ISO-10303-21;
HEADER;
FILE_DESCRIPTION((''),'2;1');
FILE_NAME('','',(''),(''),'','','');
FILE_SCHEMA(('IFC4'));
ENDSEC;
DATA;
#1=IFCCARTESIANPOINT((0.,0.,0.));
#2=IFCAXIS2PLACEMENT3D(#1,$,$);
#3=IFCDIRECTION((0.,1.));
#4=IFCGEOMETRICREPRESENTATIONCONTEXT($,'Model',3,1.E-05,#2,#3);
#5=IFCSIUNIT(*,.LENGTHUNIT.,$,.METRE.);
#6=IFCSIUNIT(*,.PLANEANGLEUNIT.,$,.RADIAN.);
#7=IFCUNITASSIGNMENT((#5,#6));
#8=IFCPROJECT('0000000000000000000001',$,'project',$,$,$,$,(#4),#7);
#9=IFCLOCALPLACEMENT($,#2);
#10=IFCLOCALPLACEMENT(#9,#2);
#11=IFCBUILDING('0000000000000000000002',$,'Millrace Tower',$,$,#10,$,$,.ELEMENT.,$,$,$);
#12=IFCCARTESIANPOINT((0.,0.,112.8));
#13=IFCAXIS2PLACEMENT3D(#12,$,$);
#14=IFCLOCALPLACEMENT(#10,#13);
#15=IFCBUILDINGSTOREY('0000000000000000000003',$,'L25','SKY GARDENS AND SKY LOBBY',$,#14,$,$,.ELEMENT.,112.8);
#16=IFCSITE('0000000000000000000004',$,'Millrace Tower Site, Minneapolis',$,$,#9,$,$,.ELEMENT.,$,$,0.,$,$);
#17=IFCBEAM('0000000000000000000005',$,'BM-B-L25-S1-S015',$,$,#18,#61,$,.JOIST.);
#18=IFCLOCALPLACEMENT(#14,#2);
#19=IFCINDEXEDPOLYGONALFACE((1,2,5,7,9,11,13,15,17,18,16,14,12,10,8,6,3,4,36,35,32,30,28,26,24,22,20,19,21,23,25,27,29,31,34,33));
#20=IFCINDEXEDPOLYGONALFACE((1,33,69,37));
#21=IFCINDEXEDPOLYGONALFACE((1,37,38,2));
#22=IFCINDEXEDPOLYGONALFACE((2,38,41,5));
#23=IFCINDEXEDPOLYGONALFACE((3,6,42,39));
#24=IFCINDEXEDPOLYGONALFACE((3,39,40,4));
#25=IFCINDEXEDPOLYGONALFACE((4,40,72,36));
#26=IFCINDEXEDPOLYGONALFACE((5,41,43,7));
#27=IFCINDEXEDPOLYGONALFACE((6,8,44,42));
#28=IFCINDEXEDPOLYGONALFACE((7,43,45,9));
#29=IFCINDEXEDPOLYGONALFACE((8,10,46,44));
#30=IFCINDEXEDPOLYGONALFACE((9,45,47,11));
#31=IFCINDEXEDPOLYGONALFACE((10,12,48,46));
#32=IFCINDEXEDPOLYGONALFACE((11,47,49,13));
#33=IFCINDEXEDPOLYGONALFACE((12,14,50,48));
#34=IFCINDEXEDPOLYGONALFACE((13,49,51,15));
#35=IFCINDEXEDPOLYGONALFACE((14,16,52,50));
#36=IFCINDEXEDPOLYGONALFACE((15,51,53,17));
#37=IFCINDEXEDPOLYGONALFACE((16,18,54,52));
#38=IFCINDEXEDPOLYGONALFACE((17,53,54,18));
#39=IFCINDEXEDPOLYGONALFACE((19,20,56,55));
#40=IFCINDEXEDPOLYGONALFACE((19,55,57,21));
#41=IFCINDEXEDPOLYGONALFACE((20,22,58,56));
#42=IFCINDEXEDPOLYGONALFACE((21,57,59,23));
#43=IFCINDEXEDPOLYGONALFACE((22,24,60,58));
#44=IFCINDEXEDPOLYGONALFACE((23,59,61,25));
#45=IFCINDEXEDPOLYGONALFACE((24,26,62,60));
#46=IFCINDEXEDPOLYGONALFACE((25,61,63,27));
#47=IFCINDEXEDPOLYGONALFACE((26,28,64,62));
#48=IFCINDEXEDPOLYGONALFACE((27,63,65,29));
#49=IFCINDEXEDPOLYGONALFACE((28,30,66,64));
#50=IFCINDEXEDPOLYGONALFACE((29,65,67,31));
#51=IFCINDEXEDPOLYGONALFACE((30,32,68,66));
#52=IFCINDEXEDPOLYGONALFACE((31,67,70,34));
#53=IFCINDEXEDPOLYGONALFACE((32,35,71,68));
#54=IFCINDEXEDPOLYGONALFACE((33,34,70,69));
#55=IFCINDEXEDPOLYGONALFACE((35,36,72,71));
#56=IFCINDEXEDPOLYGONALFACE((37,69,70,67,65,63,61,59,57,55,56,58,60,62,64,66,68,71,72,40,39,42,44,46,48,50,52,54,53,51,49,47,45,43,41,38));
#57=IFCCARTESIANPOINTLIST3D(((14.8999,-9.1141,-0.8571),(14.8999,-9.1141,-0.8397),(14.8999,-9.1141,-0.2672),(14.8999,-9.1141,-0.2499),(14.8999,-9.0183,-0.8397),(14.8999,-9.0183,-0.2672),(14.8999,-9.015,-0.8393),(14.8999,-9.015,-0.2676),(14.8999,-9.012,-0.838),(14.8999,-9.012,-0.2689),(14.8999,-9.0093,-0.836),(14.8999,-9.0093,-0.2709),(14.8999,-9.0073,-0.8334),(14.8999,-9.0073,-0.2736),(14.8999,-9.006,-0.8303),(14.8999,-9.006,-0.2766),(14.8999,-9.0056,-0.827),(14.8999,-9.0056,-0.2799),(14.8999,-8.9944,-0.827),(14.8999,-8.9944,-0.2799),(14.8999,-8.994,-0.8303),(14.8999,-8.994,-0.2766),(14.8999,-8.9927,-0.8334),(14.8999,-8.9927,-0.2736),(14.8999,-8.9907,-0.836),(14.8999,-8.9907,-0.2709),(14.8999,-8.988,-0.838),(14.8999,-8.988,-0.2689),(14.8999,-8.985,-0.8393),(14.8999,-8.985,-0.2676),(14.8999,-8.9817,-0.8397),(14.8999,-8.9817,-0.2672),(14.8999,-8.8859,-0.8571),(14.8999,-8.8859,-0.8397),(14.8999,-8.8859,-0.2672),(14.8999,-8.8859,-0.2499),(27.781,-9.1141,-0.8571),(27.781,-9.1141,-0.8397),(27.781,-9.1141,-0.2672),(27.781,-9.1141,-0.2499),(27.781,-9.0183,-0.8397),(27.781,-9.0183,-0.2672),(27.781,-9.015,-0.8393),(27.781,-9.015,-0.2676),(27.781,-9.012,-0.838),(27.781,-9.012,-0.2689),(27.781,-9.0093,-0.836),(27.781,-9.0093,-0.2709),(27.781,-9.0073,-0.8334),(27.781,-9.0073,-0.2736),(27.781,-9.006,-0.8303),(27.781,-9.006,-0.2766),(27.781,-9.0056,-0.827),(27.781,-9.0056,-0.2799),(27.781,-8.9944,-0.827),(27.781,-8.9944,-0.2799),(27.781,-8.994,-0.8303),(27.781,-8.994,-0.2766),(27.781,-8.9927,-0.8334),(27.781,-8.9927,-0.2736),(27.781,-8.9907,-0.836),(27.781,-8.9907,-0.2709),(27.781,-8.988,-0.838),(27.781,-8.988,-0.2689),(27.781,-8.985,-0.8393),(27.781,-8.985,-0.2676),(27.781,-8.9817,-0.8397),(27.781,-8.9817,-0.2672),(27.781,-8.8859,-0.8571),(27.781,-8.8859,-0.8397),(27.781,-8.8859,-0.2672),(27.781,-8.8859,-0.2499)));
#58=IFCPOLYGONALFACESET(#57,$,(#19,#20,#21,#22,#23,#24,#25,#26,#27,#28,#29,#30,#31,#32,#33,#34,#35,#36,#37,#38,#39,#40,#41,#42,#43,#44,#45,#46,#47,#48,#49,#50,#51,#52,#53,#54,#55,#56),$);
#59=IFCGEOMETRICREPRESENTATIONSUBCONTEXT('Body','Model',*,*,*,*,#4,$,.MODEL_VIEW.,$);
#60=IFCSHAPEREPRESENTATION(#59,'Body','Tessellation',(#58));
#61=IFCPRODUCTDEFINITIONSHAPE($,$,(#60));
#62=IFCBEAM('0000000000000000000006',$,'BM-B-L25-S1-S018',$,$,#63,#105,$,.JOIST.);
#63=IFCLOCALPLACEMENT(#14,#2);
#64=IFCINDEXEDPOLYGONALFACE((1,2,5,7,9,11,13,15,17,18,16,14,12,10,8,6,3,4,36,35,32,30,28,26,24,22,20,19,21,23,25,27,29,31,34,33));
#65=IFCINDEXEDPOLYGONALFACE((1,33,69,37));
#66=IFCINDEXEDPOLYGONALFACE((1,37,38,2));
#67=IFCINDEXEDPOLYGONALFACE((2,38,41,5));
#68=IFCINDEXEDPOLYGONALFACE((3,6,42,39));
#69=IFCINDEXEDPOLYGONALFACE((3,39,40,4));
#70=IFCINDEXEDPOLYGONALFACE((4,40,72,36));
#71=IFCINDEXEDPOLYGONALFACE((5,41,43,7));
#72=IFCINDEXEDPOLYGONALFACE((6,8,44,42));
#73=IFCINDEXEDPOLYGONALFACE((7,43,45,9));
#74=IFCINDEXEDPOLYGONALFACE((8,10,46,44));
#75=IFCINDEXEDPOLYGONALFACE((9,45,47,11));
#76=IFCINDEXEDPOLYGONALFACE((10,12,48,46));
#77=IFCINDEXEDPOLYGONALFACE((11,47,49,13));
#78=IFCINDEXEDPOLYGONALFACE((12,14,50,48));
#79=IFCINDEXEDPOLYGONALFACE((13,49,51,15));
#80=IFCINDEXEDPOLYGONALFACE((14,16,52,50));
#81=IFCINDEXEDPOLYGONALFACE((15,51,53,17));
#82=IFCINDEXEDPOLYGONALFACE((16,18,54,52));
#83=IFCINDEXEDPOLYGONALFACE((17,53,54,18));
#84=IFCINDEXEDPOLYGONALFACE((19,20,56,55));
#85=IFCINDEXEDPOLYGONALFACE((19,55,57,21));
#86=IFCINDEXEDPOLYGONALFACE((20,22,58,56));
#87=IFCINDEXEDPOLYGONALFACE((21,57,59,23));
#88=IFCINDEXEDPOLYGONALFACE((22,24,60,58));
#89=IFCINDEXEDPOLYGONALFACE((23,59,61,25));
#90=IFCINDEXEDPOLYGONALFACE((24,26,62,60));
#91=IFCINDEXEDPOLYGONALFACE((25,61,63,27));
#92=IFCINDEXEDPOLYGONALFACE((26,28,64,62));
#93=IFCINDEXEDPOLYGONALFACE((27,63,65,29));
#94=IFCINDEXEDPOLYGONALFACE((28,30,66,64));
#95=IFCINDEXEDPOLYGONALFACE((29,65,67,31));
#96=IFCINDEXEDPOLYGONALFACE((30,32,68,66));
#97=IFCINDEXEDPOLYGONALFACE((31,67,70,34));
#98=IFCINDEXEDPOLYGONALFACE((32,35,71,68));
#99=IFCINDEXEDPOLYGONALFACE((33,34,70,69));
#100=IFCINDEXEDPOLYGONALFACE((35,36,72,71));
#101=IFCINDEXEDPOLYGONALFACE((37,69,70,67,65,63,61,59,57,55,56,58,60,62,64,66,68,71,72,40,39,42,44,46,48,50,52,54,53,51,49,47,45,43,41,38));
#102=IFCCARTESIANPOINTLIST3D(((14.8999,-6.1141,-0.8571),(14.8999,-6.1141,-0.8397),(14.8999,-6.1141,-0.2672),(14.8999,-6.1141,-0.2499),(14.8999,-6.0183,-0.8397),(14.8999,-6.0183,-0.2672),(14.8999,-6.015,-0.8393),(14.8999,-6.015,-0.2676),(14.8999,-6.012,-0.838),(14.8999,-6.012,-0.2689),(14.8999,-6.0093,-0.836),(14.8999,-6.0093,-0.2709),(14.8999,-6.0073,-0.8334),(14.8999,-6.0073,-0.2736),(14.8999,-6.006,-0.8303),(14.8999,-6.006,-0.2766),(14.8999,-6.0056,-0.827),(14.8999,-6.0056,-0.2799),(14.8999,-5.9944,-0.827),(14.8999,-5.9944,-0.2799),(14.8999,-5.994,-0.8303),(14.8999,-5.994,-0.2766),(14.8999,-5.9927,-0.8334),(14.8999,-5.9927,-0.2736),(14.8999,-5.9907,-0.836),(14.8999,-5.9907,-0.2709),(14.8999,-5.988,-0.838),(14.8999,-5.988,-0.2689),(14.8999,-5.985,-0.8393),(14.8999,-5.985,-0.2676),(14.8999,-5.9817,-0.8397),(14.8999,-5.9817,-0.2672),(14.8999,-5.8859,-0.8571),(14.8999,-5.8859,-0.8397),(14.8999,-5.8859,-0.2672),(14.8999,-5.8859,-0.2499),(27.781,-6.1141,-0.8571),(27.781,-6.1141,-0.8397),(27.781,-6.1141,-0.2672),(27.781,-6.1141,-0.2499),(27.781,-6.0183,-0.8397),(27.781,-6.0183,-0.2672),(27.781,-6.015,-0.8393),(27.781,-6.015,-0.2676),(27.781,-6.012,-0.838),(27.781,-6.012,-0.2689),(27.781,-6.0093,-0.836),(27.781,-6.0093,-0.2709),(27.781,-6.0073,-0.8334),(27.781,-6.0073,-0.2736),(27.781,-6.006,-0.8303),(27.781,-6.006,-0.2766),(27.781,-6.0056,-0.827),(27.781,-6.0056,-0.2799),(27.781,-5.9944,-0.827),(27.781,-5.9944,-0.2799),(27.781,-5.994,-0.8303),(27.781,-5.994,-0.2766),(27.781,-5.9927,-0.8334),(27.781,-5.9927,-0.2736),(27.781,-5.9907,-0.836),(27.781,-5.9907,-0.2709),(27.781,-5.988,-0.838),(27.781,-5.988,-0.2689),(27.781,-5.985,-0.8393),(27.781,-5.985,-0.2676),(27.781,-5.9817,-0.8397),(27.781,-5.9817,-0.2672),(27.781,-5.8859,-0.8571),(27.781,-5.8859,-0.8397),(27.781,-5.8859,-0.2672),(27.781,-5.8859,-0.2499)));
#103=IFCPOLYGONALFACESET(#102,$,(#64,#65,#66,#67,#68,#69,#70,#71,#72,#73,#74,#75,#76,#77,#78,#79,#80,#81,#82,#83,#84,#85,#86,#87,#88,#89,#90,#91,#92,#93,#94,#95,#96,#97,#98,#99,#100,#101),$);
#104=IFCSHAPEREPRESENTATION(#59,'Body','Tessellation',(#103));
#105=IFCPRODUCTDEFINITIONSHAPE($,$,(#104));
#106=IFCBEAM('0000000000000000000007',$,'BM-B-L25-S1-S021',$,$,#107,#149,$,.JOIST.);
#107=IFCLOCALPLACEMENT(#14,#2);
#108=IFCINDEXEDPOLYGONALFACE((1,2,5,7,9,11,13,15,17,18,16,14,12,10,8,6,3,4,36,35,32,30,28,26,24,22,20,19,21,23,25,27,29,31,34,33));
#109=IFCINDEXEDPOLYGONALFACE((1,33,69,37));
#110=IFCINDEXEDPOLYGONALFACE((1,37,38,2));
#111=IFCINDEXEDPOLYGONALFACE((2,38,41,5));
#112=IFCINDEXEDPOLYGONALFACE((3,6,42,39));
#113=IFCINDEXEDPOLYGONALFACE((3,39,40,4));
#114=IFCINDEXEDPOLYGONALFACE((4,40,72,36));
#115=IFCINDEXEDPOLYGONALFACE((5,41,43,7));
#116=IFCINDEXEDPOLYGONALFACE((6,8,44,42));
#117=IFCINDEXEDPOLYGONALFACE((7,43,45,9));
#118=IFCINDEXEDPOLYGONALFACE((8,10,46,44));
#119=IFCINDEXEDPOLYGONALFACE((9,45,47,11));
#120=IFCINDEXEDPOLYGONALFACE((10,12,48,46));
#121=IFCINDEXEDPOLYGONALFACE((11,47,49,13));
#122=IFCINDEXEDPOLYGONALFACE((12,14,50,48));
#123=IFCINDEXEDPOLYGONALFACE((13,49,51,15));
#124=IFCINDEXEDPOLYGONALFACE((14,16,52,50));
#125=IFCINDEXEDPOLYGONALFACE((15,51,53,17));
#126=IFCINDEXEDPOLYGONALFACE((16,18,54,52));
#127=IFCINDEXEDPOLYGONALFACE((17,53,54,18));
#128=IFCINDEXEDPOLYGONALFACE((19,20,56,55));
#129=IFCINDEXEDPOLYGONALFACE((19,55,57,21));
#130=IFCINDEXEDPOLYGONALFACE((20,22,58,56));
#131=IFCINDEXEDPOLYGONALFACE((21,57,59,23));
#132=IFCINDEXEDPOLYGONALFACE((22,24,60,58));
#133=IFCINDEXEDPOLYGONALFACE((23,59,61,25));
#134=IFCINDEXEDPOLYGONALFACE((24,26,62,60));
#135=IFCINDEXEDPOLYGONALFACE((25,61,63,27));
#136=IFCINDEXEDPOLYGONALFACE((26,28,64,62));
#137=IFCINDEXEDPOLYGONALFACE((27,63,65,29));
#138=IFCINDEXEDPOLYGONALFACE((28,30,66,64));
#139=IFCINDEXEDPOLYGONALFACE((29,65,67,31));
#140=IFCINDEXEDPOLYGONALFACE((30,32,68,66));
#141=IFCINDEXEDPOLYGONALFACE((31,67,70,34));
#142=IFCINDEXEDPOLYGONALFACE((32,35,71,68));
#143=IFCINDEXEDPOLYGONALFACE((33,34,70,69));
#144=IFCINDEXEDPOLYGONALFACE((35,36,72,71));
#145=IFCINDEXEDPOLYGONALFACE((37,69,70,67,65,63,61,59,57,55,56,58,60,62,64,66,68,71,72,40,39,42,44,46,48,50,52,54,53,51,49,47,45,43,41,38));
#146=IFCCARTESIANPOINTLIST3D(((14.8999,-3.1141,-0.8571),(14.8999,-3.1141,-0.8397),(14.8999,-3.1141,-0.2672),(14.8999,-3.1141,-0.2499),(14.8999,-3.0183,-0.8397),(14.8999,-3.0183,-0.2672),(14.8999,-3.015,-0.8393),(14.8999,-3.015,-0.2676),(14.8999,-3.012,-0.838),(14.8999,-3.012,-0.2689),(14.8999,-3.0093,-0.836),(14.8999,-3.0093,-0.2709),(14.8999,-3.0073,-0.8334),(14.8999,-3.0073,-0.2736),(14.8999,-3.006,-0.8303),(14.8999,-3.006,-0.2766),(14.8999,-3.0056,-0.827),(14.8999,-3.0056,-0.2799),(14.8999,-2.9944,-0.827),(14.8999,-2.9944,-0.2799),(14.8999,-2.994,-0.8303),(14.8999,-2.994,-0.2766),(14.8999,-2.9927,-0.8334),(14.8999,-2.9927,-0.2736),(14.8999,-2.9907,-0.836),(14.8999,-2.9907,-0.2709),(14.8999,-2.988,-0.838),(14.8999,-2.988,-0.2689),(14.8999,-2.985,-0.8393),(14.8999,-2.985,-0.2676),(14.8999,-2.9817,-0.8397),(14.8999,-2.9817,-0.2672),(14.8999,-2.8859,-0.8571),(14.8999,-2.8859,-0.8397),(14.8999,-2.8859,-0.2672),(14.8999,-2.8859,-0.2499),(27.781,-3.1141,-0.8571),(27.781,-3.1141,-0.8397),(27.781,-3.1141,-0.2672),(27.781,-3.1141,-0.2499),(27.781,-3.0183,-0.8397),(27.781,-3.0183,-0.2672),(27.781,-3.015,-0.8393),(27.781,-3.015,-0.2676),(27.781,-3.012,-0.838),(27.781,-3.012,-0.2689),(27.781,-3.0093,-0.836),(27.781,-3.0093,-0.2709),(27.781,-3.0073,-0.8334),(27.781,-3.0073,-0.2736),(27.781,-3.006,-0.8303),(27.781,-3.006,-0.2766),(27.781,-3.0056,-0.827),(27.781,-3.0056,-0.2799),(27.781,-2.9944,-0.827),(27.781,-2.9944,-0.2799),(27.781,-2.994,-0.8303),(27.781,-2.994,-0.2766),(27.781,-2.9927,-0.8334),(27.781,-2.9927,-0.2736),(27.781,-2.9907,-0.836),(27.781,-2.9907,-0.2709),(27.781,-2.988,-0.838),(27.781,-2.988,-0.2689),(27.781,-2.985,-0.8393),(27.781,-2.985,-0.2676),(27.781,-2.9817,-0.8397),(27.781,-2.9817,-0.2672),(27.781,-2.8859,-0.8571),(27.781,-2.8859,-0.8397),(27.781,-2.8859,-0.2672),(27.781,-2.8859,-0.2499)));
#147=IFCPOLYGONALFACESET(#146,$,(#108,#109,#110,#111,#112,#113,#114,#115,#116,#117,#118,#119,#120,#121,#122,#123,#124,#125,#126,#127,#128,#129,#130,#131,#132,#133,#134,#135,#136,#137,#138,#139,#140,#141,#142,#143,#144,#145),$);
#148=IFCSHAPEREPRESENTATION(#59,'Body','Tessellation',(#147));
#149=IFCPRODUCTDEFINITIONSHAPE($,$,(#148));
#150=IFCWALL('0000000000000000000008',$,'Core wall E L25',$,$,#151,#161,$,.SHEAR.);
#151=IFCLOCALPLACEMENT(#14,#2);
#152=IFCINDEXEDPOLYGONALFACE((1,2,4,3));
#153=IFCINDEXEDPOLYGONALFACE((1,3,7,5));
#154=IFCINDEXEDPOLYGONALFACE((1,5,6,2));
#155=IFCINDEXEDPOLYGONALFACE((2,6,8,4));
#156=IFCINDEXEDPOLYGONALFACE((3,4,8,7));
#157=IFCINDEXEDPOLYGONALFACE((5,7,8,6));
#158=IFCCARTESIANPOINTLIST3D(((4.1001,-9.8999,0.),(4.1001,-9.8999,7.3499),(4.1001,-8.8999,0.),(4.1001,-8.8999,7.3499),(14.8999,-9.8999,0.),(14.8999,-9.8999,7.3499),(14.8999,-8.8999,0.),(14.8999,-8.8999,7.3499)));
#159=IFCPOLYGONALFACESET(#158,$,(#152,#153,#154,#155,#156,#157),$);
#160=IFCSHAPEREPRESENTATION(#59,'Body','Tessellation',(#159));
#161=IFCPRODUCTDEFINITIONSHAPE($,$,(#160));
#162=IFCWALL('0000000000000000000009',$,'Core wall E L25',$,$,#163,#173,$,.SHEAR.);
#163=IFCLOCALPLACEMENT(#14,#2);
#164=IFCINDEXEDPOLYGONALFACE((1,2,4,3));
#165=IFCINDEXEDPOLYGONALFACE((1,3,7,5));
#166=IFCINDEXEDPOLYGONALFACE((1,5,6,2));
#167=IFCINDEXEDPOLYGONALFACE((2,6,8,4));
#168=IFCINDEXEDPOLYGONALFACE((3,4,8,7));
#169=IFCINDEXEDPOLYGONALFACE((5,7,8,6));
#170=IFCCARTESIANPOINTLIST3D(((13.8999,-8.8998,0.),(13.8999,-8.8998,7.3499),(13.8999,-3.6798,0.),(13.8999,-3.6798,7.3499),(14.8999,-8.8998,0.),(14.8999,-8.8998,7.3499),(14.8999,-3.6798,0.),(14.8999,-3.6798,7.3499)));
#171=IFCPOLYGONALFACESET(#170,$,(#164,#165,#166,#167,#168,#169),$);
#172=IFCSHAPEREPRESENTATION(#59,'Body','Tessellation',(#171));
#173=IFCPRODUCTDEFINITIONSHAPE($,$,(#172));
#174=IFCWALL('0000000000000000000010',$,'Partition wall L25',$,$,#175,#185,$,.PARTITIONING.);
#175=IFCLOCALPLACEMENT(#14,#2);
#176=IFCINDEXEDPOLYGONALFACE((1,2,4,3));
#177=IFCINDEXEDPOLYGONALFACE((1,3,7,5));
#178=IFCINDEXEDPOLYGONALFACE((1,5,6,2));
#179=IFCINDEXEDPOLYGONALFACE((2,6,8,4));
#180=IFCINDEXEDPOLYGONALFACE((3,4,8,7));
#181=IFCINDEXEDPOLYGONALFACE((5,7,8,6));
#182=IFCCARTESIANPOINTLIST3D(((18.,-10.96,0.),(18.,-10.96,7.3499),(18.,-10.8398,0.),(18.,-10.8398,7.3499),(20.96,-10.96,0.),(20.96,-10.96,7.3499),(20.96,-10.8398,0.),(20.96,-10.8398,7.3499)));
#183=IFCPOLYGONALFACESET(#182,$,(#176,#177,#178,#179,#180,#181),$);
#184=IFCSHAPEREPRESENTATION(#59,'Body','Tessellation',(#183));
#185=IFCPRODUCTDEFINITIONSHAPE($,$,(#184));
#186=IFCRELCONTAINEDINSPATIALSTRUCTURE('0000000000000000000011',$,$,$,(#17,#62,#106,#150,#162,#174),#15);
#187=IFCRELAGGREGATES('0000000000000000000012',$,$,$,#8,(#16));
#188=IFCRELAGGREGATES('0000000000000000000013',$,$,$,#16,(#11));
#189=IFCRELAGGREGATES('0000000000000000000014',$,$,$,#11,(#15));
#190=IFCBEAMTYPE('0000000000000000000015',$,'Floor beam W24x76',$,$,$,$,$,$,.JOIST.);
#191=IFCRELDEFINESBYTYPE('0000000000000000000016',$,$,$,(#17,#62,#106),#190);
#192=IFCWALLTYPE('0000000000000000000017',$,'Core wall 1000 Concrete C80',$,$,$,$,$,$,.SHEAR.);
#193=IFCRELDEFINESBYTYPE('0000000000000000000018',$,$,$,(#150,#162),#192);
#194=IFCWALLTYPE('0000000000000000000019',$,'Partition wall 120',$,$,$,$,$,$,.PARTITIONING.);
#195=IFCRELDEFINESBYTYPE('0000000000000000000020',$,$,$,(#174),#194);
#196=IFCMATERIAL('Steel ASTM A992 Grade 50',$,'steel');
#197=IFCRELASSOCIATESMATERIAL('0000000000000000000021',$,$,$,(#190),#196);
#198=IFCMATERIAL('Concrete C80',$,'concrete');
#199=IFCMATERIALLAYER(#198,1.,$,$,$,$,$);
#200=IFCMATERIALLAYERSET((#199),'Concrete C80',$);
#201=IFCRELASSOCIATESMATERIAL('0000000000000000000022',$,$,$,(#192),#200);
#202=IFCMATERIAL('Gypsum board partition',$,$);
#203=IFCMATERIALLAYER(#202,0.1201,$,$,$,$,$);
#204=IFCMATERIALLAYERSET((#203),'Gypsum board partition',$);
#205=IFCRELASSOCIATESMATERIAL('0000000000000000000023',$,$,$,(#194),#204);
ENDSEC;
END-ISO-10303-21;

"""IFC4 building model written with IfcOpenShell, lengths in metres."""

from ifc_helpers import new_model, si_unit, direction, frame, frame_2d, origin, origin_2d, place, context, subcontext, project, spatial, rectangle, i_section, extrude, material, layer, layer_set, material_profile, profile_set, type_object, element, save


model = new_model("IFC4")

# Units and contexts
model_context = context("Model", 3, precision=1e-05, world=origin(), true_north=direction((0.0, 1.0)))
body_context = subcontext(model_context, "Body", "Model", "MODEL_VIEW")
ifc_project = project(units=[si_unit("LENGTHUNIT", "METRE"), si_unit("PLANEANGLEUNIT", "RADIAN")], contexts=[model_context])

# Site, building, storey
site_placement = place(None, origin())
site = spatial("IfcSite", under=ifc_project, at=site_placement, Name="Millrace Tower Site, Minneapolis", CompositionType="ELEMENT", RefElevation=0.0)
building_placement = place(site_placement, origin())
building = spatial("IfcBuilding", under=site, at=building_placement, Name="Millrace Tower", CompositionType="ELEMENT")
storey_placement = place(building_placement, frame((0.0, 0.0, 112.8)))
storey = spatial("IfcBuildingStorey", under=building, at=storey_placement, Name="L25", Description="SKY GARDENS AND SKY LOBBY", CompositionType="ELEMENT", Elevation=112.8)

# Beams
ifc_material_1 = material(Name="Steel ASTM A992 Grade 50", Category="steel")
ifc_material_profile_1 = material_profile(ifc_material_1, i_section(OverallWidth=0.2283, OverallDepth=0.6072, WebThickness=0.0112, FlangeThickness=0.0173, FilletRadius=0.0127, at=origin_2d()))
ifc_profile_set_1 = profile_set([ifc_material_profile_1], Name="Steel ASTM A992 Grade 50")
beam_type_1 = type_object("IfcBeamType", Name="Floor beam W24x76", PredefinedType="JOIST", material=ifc_profile_set_1)
for number, where, z_axis, x_axis, name in (
    (1, (14.8999, -9.0, -0.5535), (1.0, 0.0, 0.0), (0.0, 1.0, 0.0), "BM-B-L25-S1-S015"),
    (2, (14.8999, -6.0, -0.5535), (1.0, 0.0, 0.0), (0.0, 1.0, 0.0), "BM-B-L25-S1-S018"),
    (3, (14.8999, -3.0, -0.5535), (1.0, 0.0, 0.0), (0.0, 1.0, 0.0), "BM-B-L25-S1-S021"),
):
    element("IfcBeam", number, at=place(storey_placement, frame(where, z_axis=z_axis, x_axis=x_axis)), inside=storey, type_object=beam_type_1, Name=name, PredefinedType="JOIST", context=body_context, shape_type="SweptSolid", body=[
        extrude(i_section(OverallWidth=0.2283, OverallDepth=0.6072, WebThickness=0.0112, FlangeThickness=0.0173, FilletRadius=0.0127, at=origin_2d()), origin(), (0.0, 0.0, 1.0), 12.8811),
    ])

# Walls
ifc_material_2 = material(Name="Concrete C80", Category="concrete")
ifc_layer_1 = layer(ifc_material_2, 1.0)
ifc_layer_set_1 = layer_set([ifc_layer_1], Name="Concrete C80")
wall_type_1 = type_object("IfcWallType", Name="Core wall 1000 Concrete C80", PredefinedType="SHEAR", material=ifc_layer_set_1)
wall_1_placement = place(storey_placement, frame((14.8999, -9.3999, 0.0), z_axis=(0.0, 0.0, 1.0), x_axis=(-1.0, 0.0, 0.0)))
element("IfcWall", 4, at=wall_1_placement, inside=storey, type_object=wall_type_1, Name="Core wall E L25", PredefinedType="SHEAR", context=body_context, shape_type="SweptSolid", body=[
    extrude(rectangle(XDim=10.7998, YDim=1.0, at=frame_2d((5.3999, 0.0))), origin(), (0.0, 0.0, 1.0), 7.3499),
])
wall_2_placement = place(storey_placement, frame((14.3999, -3.6799, 0.0), z_axis=(0.0, 0.0, 1.0), x_axis=(0.0, -1.0, 0.0)))
element("IfcWall", 5, at=wall_2_placement, inside=storey, type_object=wall_type_1, Name="Core wall E L25", PredefinedType="SHEAR", context=body_context, shape_type="SweptSolid", body=[
    extrude(rectangle(XDim=5.22, YDim=1.0, at=frame_2d((2.6099, 0.0))), origin(), (0.0, 0.0, 1.0), 7.3499),
])
ifc_material_3 = material(Name="Gypsum board partition")
ifc_layer_2 = layer(ifc_material_3, 0.1201)
ifc_layer_set_2 = layer_set([ifc_layer_2], Name="Gypsum board partition")
wall_type_2 = type_object("IfcWallType", Name="Partition wall 120", PredefinedType="PARTITIONING", material=ifc_layer_set_2)
wall_3_placement = place(storey_placement, frame((18.0, -10.8999, 0.0), z_axis=(0.0, 0.0, 1.0), x_axis=(1.0, 0.0, 0.0)))
element("IfcWall", 6, at=wall_3_placement, inside=storey, type_object=wall_type_2, Name="Partition wall L25", PredefinedType="PARTITIONING", context=body_context, shape_type="SweptSolid", body=[
    extrude(rectangle(XDim=2.96, YDim=0.1201, at=frame_2d((1.48, 0.0))), origin(), (0.0, 0.0, 1.0), 7.3499),
])

save(model, "model.ifc")
